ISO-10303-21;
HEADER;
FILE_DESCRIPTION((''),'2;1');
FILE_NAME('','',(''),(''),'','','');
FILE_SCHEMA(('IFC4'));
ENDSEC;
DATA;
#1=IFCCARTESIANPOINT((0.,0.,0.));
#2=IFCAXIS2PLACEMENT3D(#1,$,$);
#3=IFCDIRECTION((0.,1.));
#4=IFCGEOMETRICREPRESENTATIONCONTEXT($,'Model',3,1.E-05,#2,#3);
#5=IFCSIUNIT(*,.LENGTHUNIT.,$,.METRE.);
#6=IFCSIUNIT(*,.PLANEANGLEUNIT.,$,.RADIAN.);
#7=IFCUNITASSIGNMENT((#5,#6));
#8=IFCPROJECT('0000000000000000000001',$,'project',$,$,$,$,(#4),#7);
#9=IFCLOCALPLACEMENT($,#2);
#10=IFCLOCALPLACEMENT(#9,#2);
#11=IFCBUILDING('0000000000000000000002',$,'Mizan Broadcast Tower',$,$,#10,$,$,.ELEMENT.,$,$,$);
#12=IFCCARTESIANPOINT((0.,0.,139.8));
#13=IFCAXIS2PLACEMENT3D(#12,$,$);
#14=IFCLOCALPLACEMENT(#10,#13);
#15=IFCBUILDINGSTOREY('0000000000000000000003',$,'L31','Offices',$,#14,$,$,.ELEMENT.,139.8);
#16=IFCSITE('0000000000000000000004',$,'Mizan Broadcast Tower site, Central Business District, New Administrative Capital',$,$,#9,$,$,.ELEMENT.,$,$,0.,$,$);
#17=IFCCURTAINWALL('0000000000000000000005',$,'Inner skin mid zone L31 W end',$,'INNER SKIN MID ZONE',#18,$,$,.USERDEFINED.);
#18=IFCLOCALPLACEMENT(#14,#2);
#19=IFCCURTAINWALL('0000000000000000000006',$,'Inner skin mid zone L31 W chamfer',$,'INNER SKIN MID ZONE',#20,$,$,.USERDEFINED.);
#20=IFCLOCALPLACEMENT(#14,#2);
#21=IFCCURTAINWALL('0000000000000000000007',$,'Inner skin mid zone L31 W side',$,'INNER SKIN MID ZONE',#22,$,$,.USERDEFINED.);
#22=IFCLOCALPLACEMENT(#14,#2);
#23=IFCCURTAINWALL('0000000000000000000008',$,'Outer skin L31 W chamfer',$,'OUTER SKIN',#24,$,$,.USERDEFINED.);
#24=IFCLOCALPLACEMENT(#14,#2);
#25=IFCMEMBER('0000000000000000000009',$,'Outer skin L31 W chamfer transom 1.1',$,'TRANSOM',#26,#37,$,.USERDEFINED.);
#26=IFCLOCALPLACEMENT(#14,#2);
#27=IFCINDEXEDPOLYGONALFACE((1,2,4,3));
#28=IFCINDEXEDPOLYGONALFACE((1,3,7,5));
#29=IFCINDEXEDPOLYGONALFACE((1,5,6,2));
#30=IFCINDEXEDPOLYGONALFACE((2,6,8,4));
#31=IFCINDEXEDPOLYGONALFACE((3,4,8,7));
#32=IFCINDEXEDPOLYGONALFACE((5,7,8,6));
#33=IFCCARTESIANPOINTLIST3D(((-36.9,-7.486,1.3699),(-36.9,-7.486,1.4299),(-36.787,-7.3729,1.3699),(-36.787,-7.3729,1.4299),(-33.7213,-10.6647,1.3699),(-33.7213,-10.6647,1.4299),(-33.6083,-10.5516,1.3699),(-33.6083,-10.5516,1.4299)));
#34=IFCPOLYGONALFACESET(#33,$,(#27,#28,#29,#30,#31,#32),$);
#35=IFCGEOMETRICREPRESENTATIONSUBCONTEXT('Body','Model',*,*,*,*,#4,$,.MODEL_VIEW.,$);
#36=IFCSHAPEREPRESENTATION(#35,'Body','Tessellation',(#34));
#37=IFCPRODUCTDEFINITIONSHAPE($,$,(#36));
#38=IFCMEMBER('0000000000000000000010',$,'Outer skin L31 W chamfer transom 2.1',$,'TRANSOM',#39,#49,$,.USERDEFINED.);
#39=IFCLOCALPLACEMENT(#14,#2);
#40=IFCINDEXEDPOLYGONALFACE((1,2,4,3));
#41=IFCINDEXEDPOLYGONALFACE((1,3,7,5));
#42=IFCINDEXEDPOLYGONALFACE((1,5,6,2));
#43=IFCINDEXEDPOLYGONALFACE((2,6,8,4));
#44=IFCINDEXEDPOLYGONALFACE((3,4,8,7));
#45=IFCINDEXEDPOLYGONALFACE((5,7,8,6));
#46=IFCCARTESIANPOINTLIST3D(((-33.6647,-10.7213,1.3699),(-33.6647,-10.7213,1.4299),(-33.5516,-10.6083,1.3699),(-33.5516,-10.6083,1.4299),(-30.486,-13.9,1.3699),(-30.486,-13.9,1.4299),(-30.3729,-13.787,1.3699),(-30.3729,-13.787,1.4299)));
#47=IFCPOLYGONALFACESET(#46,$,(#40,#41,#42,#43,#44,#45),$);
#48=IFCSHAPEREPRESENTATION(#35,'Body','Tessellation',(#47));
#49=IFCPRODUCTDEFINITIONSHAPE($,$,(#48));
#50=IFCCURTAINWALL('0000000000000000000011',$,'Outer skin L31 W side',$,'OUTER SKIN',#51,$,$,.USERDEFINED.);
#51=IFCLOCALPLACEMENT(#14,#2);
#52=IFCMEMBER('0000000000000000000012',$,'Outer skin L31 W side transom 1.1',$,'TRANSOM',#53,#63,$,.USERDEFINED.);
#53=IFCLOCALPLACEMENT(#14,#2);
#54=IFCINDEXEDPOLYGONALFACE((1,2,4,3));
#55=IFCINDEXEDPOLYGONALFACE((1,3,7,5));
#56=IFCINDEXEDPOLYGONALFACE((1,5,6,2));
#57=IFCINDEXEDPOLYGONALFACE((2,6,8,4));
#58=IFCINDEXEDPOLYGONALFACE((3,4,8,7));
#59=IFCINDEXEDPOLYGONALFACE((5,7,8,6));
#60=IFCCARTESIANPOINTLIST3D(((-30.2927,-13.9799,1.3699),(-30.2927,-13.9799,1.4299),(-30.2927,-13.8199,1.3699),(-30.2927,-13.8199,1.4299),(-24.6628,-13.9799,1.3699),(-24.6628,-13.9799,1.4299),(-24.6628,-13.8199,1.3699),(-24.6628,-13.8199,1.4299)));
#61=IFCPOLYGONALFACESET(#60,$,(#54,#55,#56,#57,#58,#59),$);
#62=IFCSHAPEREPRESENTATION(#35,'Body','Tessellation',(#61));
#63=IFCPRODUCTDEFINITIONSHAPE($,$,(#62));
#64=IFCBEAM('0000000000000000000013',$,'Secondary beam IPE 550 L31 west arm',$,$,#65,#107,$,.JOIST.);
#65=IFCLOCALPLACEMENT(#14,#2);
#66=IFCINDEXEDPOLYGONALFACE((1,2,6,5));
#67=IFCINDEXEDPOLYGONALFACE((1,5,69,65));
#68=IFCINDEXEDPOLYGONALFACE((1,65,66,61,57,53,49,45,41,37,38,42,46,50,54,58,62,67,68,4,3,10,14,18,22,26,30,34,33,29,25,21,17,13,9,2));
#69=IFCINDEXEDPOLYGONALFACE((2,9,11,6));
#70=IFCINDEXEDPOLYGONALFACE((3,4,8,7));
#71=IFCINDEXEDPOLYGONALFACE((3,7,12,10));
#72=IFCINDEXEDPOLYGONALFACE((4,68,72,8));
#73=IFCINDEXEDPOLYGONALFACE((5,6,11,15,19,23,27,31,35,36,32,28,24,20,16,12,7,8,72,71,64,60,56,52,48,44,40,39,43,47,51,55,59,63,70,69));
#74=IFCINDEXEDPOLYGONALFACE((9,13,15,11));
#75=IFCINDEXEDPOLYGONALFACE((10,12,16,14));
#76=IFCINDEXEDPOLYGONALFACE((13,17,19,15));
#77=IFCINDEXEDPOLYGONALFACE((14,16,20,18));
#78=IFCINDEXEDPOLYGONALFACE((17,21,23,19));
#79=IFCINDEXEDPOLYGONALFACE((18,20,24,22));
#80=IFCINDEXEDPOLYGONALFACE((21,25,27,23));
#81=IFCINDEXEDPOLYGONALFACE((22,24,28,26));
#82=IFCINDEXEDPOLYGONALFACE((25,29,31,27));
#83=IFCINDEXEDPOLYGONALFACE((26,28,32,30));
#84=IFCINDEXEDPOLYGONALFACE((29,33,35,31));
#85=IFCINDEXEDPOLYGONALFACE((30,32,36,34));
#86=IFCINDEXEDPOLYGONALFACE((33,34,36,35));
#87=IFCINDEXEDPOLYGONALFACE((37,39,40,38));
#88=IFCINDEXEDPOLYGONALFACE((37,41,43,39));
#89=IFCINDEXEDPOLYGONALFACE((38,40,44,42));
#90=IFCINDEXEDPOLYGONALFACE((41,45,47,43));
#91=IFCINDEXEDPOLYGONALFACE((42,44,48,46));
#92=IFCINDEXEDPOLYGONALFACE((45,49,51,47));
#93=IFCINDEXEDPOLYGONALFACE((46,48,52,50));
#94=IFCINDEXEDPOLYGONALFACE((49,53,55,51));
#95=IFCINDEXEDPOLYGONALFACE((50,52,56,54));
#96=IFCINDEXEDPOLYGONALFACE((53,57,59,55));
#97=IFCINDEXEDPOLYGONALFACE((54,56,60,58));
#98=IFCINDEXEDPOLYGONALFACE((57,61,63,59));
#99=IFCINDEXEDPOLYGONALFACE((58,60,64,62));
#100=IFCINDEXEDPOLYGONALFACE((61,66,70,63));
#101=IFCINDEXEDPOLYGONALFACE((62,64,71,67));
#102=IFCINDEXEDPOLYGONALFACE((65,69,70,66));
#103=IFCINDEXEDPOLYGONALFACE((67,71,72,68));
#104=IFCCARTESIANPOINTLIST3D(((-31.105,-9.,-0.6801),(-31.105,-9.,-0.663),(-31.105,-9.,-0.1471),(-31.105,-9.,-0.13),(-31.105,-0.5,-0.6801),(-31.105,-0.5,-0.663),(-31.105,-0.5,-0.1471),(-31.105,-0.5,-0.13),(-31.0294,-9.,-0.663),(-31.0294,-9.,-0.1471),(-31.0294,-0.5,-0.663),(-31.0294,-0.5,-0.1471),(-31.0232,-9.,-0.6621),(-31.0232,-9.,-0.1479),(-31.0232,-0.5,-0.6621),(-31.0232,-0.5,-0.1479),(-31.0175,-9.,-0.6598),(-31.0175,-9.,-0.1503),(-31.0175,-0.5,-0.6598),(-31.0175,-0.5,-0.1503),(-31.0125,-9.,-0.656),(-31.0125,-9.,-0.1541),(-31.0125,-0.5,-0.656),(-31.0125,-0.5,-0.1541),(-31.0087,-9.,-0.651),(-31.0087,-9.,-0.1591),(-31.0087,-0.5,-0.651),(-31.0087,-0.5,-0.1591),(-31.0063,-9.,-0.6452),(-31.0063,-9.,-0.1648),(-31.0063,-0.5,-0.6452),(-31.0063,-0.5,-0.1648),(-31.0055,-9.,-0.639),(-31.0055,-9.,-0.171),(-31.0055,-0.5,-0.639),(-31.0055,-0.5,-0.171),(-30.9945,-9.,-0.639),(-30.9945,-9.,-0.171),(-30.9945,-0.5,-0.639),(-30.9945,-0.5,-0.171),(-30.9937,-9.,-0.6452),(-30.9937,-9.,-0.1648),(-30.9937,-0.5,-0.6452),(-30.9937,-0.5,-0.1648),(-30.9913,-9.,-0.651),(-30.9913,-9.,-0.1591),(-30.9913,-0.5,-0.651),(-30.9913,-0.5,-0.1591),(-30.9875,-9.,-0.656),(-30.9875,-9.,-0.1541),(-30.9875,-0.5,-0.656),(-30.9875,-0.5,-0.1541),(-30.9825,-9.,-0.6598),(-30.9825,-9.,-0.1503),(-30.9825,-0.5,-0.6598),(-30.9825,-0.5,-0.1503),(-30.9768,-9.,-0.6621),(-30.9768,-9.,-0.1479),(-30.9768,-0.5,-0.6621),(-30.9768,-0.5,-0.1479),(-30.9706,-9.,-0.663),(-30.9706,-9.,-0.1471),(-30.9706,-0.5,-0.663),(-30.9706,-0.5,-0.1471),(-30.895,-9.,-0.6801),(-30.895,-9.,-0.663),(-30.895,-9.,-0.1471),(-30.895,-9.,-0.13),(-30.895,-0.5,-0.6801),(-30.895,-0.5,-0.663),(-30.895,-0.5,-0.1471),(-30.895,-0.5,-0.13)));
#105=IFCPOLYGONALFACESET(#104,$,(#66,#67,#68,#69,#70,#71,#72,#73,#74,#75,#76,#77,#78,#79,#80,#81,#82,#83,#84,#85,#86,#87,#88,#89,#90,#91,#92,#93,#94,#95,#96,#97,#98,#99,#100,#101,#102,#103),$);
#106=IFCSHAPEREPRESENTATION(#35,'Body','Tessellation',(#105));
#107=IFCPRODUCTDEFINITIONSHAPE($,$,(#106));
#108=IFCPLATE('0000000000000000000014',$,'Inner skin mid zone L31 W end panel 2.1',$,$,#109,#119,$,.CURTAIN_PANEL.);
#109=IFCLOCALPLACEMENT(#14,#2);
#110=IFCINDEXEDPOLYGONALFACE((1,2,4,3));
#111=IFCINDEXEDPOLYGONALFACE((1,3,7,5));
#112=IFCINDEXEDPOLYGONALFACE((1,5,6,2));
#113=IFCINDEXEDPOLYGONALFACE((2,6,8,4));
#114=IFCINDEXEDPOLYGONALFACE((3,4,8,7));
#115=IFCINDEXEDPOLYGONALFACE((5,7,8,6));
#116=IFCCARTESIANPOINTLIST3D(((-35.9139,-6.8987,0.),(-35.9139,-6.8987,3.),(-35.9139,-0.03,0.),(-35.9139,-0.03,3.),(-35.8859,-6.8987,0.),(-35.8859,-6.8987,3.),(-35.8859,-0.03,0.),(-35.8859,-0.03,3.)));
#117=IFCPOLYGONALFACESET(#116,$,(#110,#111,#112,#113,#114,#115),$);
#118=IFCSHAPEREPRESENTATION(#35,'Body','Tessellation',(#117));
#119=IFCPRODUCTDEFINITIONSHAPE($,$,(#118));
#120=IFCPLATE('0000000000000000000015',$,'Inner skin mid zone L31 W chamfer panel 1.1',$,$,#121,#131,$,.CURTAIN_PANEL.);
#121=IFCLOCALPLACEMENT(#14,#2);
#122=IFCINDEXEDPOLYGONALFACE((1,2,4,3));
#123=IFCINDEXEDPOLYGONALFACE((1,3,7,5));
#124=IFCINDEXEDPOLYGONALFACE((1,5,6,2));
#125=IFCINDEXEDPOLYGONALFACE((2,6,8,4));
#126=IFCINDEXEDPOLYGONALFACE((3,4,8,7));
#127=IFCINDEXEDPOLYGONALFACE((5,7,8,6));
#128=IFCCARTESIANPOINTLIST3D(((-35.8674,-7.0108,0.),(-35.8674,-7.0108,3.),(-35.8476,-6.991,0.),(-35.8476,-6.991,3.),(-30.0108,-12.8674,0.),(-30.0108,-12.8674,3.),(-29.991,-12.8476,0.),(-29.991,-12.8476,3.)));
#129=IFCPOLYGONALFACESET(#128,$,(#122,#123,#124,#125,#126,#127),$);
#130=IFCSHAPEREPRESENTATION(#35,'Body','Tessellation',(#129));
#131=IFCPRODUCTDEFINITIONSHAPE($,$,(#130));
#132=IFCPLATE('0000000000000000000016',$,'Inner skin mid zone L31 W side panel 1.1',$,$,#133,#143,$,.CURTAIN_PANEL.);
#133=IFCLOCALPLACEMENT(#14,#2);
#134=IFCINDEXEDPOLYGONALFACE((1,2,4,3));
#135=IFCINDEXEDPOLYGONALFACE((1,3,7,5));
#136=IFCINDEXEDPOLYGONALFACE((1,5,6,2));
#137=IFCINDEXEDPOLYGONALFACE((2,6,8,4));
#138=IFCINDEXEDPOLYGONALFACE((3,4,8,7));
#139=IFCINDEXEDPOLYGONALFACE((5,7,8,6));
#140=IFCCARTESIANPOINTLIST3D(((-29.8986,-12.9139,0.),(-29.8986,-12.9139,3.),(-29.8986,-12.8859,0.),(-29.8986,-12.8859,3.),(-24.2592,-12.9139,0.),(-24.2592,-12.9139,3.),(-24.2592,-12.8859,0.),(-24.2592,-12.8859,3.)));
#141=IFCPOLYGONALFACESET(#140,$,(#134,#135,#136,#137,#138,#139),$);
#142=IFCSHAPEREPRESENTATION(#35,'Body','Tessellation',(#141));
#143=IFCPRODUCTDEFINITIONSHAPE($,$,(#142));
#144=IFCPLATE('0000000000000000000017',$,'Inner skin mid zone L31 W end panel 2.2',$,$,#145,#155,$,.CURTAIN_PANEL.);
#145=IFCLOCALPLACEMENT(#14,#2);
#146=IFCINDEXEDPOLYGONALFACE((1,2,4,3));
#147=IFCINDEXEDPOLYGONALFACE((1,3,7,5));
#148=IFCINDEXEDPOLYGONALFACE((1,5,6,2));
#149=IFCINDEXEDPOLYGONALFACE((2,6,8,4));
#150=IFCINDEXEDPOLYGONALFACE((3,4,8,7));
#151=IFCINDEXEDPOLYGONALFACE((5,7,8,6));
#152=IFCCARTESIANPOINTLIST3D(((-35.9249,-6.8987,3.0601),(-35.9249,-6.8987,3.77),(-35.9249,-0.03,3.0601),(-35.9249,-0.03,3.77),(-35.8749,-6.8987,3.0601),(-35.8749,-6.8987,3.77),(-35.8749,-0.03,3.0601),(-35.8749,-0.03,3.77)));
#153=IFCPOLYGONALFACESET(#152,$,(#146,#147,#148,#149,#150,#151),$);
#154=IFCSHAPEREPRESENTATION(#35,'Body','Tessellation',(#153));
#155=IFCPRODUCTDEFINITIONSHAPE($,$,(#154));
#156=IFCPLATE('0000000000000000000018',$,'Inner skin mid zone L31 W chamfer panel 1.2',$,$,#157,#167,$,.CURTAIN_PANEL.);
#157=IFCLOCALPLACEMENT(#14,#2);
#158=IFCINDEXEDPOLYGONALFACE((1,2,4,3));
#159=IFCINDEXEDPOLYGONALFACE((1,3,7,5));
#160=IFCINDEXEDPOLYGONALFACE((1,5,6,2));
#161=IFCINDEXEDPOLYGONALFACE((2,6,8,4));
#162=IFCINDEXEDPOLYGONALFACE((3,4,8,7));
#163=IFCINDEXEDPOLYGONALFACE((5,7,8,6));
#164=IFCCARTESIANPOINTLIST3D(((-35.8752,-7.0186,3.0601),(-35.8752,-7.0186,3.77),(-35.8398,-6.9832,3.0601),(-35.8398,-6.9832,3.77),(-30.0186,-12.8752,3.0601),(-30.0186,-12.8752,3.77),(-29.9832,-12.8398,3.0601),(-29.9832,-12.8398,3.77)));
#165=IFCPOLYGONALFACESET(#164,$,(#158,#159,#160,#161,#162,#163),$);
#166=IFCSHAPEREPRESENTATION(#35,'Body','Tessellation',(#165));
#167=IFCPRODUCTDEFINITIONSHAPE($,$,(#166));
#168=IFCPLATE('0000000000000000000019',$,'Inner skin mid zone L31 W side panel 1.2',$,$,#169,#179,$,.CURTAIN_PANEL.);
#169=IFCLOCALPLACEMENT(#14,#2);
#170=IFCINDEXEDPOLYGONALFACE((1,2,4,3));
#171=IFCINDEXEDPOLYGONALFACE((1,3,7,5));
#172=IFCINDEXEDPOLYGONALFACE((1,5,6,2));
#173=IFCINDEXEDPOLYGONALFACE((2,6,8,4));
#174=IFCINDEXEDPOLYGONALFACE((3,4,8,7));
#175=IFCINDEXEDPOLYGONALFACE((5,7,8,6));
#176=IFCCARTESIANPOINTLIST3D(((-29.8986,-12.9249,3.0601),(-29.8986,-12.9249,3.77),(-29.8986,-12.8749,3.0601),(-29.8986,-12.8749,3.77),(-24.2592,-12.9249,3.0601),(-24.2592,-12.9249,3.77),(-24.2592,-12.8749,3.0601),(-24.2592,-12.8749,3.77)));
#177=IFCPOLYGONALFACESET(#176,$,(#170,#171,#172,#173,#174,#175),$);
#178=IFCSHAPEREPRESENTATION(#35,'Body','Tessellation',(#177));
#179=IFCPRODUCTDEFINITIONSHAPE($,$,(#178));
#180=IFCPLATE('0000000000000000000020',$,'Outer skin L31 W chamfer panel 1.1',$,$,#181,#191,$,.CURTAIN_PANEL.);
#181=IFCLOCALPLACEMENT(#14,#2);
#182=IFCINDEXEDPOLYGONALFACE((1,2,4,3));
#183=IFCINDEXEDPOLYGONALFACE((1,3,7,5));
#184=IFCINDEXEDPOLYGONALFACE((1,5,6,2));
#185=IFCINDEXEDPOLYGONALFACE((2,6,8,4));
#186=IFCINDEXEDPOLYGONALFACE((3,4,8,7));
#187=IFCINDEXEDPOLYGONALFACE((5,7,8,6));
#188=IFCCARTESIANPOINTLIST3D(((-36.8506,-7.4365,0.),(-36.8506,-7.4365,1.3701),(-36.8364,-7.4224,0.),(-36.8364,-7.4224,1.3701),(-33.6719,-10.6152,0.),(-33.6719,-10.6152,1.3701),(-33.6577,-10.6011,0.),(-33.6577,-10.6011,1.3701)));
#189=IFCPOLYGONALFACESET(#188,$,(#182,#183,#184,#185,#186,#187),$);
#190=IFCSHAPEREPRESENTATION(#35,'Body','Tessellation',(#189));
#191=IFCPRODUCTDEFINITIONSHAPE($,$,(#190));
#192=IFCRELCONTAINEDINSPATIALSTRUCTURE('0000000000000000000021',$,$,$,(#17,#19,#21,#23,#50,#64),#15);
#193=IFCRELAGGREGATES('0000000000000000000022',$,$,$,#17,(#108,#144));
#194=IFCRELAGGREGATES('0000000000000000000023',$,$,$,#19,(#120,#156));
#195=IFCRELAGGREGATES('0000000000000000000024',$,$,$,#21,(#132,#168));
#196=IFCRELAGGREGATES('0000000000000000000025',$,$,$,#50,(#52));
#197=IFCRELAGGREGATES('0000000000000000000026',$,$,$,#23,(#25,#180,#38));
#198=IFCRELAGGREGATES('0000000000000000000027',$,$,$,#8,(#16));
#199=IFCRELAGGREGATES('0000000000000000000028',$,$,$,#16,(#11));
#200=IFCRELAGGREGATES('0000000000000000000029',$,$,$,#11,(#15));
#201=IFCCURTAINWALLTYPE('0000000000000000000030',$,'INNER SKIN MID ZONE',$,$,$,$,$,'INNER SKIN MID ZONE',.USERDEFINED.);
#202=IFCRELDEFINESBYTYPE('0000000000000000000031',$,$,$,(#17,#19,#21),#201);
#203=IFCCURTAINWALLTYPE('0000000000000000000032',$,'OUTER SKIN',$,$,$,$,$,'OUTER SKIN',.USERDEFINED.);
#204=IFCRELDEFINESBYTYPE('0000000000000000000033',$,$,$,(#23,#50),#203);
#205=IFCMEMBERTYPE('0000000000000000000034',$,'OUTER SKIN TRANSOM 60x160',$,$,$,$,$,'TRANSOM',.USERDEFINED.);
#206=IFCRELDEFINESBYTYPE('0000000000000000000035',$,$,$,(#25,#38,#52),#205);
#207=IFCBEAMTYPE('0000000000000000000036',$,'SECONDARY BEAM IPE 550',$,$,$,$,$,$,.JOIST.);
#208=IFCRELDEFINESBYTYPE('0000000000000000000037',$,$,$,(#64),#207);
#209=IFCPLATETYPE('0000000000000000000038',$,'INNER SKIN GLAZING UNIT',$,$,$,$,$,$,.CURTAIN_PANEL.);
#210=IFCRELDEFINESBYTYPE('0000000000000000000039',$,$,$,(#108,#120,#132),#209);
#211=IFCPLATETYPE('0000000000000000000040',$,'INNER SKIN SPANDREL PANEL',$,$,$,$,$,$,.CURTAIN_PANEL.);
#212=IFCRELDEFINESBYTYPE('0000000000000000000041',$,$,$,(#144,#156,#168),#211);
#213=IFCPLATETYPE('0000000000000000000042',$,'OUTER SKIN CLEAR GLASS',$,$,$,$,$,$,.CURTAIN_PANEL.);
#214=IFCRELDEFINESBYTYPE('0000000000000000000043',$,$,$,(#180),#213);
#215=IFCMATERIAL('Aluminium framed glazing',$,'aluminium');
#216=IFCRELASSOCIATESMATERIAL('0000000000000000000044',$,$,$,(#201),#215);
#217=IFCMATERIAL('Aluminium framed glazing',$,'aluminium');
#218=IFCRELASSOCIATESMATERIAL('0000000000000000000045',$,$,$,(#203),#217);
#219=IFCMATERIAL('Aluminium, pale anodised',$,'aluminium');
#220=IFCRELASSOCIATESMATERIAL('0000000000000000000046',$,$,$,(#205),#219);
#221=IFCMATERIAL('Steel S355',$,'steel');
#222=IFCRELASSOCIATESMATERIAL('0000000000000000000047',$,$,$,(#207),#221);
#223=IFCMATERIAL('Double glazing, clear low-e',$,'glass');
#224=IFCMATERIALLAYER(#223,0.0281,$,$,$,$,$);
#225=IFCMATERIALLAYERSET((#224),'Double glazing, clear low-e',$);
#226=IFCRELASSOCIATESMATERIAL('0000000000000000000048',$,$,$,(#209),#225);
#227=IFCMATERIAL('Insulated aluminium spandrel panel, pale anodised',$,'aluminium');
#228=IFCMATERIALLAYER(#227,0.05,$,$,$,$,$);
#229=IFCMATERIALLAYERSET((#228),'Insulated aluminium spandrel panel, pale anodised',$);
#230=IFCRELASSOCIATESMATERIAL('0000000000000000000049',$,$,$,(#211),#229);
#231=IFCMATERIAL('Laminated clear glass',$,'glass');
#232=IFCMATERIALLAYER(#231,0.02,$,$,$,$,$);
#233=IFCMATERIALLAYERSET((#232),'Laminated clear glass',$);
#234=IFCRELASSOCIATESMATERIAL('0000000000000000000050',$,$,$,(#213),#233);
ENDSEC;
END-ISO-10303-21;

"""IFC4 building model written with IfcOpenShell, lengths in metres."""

from ifc_helpers import new_model, si_unit, direction, frame, origin, origin_2d, place, context, subcontext, project, spatial, rectangle, i_section, extrude, material, layer, layer_set, material_profile, profile_set, type_object, element, aggregate, save


model = new_model("IFC4")

# Units and contexts
model_context = context("Model", 3, precision=1e-05, world=origin(), true_north=direction((0.0, 1.0)))
body_context = subcontext(model_context, "Body", "Model", "MODEL_VIEW")
ifc_project = project(units=[si_unit("LENGTHUNIT", "METRE"), si_unit("PLANEANGLEUNIT", "RADIAN")], contexts=[model_context])

# Site, building, storey
site_placement = place(None, origin())
site = spatial("IfcSite", under=ifc_project, at=site_placement, Name="Mizan Broadcast Tower site, Central Business District, New Administrative Capital", CompositionType="ELEMENT", RefElevation=0.0)
building_placement = place(site_placement, origin())
building = spatial("IfcBuilding", under=site, at=building_placement, Name="Mizan Broadcast Tower", CompositionType="ELEMENT")
storey_placement = place(building_placement, frame((0.0, 0.0, 139.8)))
storey = spatial("IfcBuildingStorey", under=building, at=storey_placement, Name="L31", Description="Offices", CompositionType="ELEMENT", Elevation=139.8)

# Curtain walls
ifc_material_1 = material(Name="Aluminium framed glazing", Category="aluminium")
curtain_wall_type_1 = type_object("IfcCurtainWallType", Name="INNER SKIN MID ZONE", ElementType="INNER SKIN MID ZONE", PredefinedType="USERDEFINED", material=ifc_material_1)
curtain_wall_1_placement = place(storey_placement, origin())
curtain_wall_1 = element("IfcCurtainWall", 1, at=curtain_wall_1_placement, inside=storey, type_object=curtain_wall_type_1, Name="Inner skin mid zone L31 W end", ObjectType="INNER SKIN MID ZONE", PredefinedType="USERDEFINED")
curtain_wall_2_placement = place(storey_placement, origin())
curtain_wall_2 = element("IfcCurtainWall", 2, at=curtain_wall_2_placement, inside=storey, type_object=curtain_wall_type_1, Name="Inner skin mid zone L31 W chamfer", ObjectType="INNER SKIN MID ZONE", PredefinedType="USERDEFINED")

# Curtain wall
curtain_wall_3_placement = place(storey_placement, origin())
curtain_wall_3 = element("IfcCurtainWall", 3, at=curtain_wall_3_placement, inside=storey, type_object=curtain_wall_type_1, Name="Inner skin mid zone L31 W side", ObjectType="INNER SKIN MID ZONE", PredefinedType="USERDEFINED")
ifc_material_2 = material(Name="Aluminium framed glazing", Category="aluminium")
curtain_wall_type_2 = type_object("IfcCurtainWallType", Name="OUTER SKIN", ElementType="OUTER SKIN", PredefinedType="USERDEFINED", material=ifc_material_2)

# Curtain wall
curtain_wall_4_placement = place(storey_placement, origin())
curtain_wall_4 = element("IfcCurtainWall", 4, at=curtain_wall_4_placement, inside=storey, type_object=curtain_wall_type_2, Name="Outer skin L31 W chamfer", ObjectType="OUTER SKIN", PredefinedType="USERDEFINED")

# Members
ifc_material_3 = material(Name="Aluminium, pale anodised", Category="aluminium")
ifc_material_profile_1 = material_profile(ifc_material_3, rectangle(XDim=0.1599, YDim=0.0601, at=origin_2d()), Name="TRANSOM 160x60")
ifc_profile_set_1 = profile_set([ifc_material_profile_1], Name="Aluminium, pale anodised")
member_type_1 = type_object("IfcMemberType", Name="OUTER SKIN TRANSOM 60x160", ElementType="TRANSOM", PredefinedType="USERDEFINED", material=ifc_profile_set_1)
member_1_placement = place(storey_placement, frame((-36.8435, -7.4294, 1.3999), z_axis=(0.707107, -0.707107, 0.0), x_axis=(0.707107, 0.707107, 0.0)))
member_1 = element("IfcMember", 5, at=member_1_placement, type_object=member_type_1, Name="Outer skin L31 W chamfer transom 1.1", ObjectType="TRANSOM", PredefinedType="USERDEFINED", context=body_context, shape_type="SweptSolid", body=[
    extrude(rectangle(XDim=0.1599, YDim=0.0601, at=origin_2d()), origin(), (0.0, 0.0, 1.0), 4.4954),
])
member_2_placement = place(storey_placement, frame((-33.6082, -10.6648, 1.3999), z_axis=(0.707107, -0.707107, 0.0), x_axis=(0.707107, 0.707107, 0.0)))
member_2 = element("IfcMember", 6, at=member_2_placement, type_object=member_type_1, Name="Outer skin L31 W chamfer transom 2.1", ObjectType="TRANSOM", PredefinedType="USERDEFINED", context=body_context, shape_type="SweptSolid", body=[
    extrude(rectangle(XDim=0.1599, YDim=0.0601, at=origin_2d()), origin(), (0.0, 0.0, 1.0), 4.4954),
])

# Curtain wall, member
curtain_wall_5_placement = place(storey_placement, origin())
curtain_wall_5 = element("IfcCurtainWall", 7, at=curtain_wall_5_placement, inside=storey, type_object=curtain_wall_type_2, Name="Outer skin L31 W side", ObjectType="OUTER SKIN", PredefinedType="USERDEFINED")
member_3_placement = place(storey_placement, frame((-30.2927, -13.8999, 1.3999), z_axis=(1.0, 0.0, 0.0), x_axis=(0.0, 1.0, 0.0)))
member_3 = element("IfcMember", 8, at=member_3_placement, type_object=member_type_1, Name="Outer skin L31 W side transom 1.1", ObjectType="TRANSOM", PredefinedType="USERDEFINED", context=body_context, shape_type="SweptSolid", body=[
    extrude(rectangle(XDim=0.1599, YDim=0.0601, at=origin_2d()), origin(), (0.0, 0.0, 1.0), 5.6299),
])

# Beam
ifc_material_4 = material(Name="Steel S355", Category="steel")
ifc_material_profile_2 = material_profile(ifc_material_4, i_section(OverallWidth=0.21, OverallDepth=0.55, WebThickness=0.011, FlangeThickness=0.0171, FilletRadius=0.0239, at=origin_2d()), Name="IPE 550")
ifc_profile_set_2 = profile_set([ifc_material_profile_2], Name="Steel S355")
beam_type_1 = type_object("IfcBeamType", Name="SECONDARY BEAM IPE 550", PredefinedType="JOIST", material=ifc_profile_set_2)
beam_1_placement = place(storey_placement, frame((-31.0, -9.0, -0.405), z_axis=(0.0, 1.0, 0.0), x_axis=(-1.0, 0.0, 0.0)))
element("IfcBeam", 9, at=beam_1_placement, inside=storey, type_object=beam_type_1, Name="Secondary beam IPE 550 L31 west arm", PredefinedType="JOIST", context=body_context, shape_type="SweptSolid", body=[
    extrude(i_section(OverallWidth=0.21, OverallDepth=0.55, WebThickness=0.011, FlangeThickness=0.0171, FilletRadius=0.0239, at=origin_2d()), origin(), (0.0, 0.0, 1.0), 8.5),
])

# Plates
ifc_material_5 = material(Name="Double glazing, clear low-e", Category="glass")
ifc_layer_1 = layer(ifc_material_5, 0.0281)
ifc_layer_set_1 = layer_set([ifc_layer_1], Name="Double glazing, clear low-e")
plate_type_1 = type_object("IfcPlateType", Name="INNER SKIN GLAZING UNIT", PredefinedType="CURTAIN_PANEL", material=ifc_layer_set_1)
plate_1_placement = place(storey_placement, frame((-35.8999, -3.4644, 0.0), z_axis=(0.0, 0.0, 1.0), x_axis=(0.0, -1.0, 0.0)))
plate_1 = element("IfcPlate", 10, at=plate_1_placement, type_object=plate_type_1, Name="Inner skin mid zone L31 W end panel 2.1", PredefinedType="CURTAIN_PANEL", context=body_context, shape_type="SweptSolid", body=[
    extrude(rectangle(XDim=6.8687, YDim=0.0281, at=origin_2d()), origin(), (0.0, 0.0, 1.0), 3.0),
])
plate_2_placement = place(storey_placement, frame((-32.9292, -9.9292, 0.0), z_axis=(0.0, 0.0, 1.0), x_axis=(0.707107, -0.707107, 0.0)))
plate_2 = element("IfcPlate", 11, at=plate_2_placement, type_object=plate_type_1, Name="Inner skin mid zone L31 W chamfer panel 1.1", PredefinedType="CURTAIN_PANEL", context=body_context, shape_type="SweptSolid", body=[
    extrude(rectangle(XDim=8.2825, YDim=0.0281, at=origin_2d()), origin(), (0.0, 0.0, 1.0), 3.0),
])
plate_3_placement = place(storey_placement, frame((-27.0789, -12.8999, 0.0), z_axis=(0.0, 0.0, 1.0), x_axis=(1.0, 0.0, 0.0)))
plate_3 = element("IfcPlate", 12, at=plate_3_placement, type_object=plate_type_1, Name="Inner skin mid zone L31 W side panel 1.1", PredefinedType="CURTAIN_PANEL", context=body_context, shape_type="SweptSolid", body=[
    extrude(rectangle(XDim=5.6394, YDim=0.0281, at=origin_2d()), origin(), (0.0, 0.0, 1.0), 3.0),
])
ifc_material_6 = material(Name="Insulated aluminium spandrel panel, pale anodised", Category="aluminium")
ifc_layer_2 = layer(ifc_material_6, 0.05)
ifc_layer_set_2 = layer_set([ifc_layer_2], Name="Insulated aluminium spandrel panel, pale anodised")
plate_type_2 = type_object("IfcPlateType", Name="INNER SKIN SPANDREL PANEL", PredefinedType="CURTAIN_PANEL", material=ifc_layer_set_2)
plate_4_placement = place(storey_placement, frame((-35.8999, -3.4644, 3.0601), z_axis=(0.0, 0.0, 1.0), x_axis=(0.0, -1.0, 0.0)))
plate_4 = element("IfcPlate", 13, at=plate_4_placement, type_object=plate_type_2, Name="Inner skin mid zone L31 W end panel 2.2", PredefinedType="CURTAIN_PANEL", context=body_context, shape_type="SweptSolid", body=[
    extrude(rectangle(XDim=6.8687, YDim=0.05, at=origin_2d()), origin(), (0.0, 0.0, 1.0), 0.71),
])
aggregate(curtain_wall_1, [plate_1, plate_4])
plate_5_placement = place(storey_placement, frame((-32.9292, -9.9292, 3.0601), z_axis=(0.0, 0.0, 1.0), x_axis=(0.707107, -0.707107, 0.0)))
plate_5 = element("IfcPlate", 14, at=plate_5_placement, type_object=plate_type_2, Name="Inner skin mid zone L31 W chamfer panel 1.2", PredefinedType="CURTAIN_PANEL", context=body_context, shape_type="SweptSolid", body=[
    extrude(rectangle(XDim=8.2825, YDim=0.05, at=origin_2d()), origin(), (0.0, 0.0, 1.0), 0.71),
])
aggregate(curtain_wall_2, [plate_2, plate_5])
plate_6_placement = place(storey_placement, frame((-27.0789, -12.8999, 3.0601), z_axis=(0.0, 0.0, 1.0), x_axis=(1.0, 0.0, 0.0)))
plate_6 = element("IfcPlate", 15, at=plate_6_placement, type_object=plate_type_2, Name="Inner skin mid zone L31 W side panel 1.2", PredefinedType="CURTAIN_PANEL", context=body_context, shape_type="SweptSolid", body=[
    extrude(rectangle(XDim=5.6394, YDim=0.05, at=origin_2d()), origin(), (0.0, 0.0, 1.0), 0.71),
])
aggregate(curtain_wall_3, [plate_3, plate_6])
ifc_material_7 = material(Name="Laminated clear glass", Category="glass")
ifc_layer_3 = layer(ifc_material_7, 0.02)
ifc_layer_set_3 = layer_set([ifc_layer_3], Name="Laminated clear glass")
plate_type_3 = type_object("IfcPlateType", Name="OUTER SKIN CLEAR GLASS", PredefinedType="CURTAIN_PANEL", material=ifc_layer_set_3)
plate_7_placement = place(storey_placement, frame((-35.2542, -9.0188, 0.0), z_axis=(0.0, 0.0, 1.0), x_axis=(0.707107, -0.707107, 0.0)))
plate_7 = element("IfcPlate", 16, at=plate_7_placement, type_object=plate_type_3, Name="Outer skin L31 W chamfer panel 1.1", PredefinedType="CURTAIN_PANEL", context=body_context, shape_type="SweptSolid", body=[
    extrude(rectangle(XDim=4.4954, YDim=0.02, at=origin_2d()), origin(), (0.0, 0.0, 1.0), 1.3701),
])
aggregate(curtain_wall_5, [member_3])
aggregate(curtain_wall_4, [member_1, plate_7, member_2])

save(model, "model.ifc")
